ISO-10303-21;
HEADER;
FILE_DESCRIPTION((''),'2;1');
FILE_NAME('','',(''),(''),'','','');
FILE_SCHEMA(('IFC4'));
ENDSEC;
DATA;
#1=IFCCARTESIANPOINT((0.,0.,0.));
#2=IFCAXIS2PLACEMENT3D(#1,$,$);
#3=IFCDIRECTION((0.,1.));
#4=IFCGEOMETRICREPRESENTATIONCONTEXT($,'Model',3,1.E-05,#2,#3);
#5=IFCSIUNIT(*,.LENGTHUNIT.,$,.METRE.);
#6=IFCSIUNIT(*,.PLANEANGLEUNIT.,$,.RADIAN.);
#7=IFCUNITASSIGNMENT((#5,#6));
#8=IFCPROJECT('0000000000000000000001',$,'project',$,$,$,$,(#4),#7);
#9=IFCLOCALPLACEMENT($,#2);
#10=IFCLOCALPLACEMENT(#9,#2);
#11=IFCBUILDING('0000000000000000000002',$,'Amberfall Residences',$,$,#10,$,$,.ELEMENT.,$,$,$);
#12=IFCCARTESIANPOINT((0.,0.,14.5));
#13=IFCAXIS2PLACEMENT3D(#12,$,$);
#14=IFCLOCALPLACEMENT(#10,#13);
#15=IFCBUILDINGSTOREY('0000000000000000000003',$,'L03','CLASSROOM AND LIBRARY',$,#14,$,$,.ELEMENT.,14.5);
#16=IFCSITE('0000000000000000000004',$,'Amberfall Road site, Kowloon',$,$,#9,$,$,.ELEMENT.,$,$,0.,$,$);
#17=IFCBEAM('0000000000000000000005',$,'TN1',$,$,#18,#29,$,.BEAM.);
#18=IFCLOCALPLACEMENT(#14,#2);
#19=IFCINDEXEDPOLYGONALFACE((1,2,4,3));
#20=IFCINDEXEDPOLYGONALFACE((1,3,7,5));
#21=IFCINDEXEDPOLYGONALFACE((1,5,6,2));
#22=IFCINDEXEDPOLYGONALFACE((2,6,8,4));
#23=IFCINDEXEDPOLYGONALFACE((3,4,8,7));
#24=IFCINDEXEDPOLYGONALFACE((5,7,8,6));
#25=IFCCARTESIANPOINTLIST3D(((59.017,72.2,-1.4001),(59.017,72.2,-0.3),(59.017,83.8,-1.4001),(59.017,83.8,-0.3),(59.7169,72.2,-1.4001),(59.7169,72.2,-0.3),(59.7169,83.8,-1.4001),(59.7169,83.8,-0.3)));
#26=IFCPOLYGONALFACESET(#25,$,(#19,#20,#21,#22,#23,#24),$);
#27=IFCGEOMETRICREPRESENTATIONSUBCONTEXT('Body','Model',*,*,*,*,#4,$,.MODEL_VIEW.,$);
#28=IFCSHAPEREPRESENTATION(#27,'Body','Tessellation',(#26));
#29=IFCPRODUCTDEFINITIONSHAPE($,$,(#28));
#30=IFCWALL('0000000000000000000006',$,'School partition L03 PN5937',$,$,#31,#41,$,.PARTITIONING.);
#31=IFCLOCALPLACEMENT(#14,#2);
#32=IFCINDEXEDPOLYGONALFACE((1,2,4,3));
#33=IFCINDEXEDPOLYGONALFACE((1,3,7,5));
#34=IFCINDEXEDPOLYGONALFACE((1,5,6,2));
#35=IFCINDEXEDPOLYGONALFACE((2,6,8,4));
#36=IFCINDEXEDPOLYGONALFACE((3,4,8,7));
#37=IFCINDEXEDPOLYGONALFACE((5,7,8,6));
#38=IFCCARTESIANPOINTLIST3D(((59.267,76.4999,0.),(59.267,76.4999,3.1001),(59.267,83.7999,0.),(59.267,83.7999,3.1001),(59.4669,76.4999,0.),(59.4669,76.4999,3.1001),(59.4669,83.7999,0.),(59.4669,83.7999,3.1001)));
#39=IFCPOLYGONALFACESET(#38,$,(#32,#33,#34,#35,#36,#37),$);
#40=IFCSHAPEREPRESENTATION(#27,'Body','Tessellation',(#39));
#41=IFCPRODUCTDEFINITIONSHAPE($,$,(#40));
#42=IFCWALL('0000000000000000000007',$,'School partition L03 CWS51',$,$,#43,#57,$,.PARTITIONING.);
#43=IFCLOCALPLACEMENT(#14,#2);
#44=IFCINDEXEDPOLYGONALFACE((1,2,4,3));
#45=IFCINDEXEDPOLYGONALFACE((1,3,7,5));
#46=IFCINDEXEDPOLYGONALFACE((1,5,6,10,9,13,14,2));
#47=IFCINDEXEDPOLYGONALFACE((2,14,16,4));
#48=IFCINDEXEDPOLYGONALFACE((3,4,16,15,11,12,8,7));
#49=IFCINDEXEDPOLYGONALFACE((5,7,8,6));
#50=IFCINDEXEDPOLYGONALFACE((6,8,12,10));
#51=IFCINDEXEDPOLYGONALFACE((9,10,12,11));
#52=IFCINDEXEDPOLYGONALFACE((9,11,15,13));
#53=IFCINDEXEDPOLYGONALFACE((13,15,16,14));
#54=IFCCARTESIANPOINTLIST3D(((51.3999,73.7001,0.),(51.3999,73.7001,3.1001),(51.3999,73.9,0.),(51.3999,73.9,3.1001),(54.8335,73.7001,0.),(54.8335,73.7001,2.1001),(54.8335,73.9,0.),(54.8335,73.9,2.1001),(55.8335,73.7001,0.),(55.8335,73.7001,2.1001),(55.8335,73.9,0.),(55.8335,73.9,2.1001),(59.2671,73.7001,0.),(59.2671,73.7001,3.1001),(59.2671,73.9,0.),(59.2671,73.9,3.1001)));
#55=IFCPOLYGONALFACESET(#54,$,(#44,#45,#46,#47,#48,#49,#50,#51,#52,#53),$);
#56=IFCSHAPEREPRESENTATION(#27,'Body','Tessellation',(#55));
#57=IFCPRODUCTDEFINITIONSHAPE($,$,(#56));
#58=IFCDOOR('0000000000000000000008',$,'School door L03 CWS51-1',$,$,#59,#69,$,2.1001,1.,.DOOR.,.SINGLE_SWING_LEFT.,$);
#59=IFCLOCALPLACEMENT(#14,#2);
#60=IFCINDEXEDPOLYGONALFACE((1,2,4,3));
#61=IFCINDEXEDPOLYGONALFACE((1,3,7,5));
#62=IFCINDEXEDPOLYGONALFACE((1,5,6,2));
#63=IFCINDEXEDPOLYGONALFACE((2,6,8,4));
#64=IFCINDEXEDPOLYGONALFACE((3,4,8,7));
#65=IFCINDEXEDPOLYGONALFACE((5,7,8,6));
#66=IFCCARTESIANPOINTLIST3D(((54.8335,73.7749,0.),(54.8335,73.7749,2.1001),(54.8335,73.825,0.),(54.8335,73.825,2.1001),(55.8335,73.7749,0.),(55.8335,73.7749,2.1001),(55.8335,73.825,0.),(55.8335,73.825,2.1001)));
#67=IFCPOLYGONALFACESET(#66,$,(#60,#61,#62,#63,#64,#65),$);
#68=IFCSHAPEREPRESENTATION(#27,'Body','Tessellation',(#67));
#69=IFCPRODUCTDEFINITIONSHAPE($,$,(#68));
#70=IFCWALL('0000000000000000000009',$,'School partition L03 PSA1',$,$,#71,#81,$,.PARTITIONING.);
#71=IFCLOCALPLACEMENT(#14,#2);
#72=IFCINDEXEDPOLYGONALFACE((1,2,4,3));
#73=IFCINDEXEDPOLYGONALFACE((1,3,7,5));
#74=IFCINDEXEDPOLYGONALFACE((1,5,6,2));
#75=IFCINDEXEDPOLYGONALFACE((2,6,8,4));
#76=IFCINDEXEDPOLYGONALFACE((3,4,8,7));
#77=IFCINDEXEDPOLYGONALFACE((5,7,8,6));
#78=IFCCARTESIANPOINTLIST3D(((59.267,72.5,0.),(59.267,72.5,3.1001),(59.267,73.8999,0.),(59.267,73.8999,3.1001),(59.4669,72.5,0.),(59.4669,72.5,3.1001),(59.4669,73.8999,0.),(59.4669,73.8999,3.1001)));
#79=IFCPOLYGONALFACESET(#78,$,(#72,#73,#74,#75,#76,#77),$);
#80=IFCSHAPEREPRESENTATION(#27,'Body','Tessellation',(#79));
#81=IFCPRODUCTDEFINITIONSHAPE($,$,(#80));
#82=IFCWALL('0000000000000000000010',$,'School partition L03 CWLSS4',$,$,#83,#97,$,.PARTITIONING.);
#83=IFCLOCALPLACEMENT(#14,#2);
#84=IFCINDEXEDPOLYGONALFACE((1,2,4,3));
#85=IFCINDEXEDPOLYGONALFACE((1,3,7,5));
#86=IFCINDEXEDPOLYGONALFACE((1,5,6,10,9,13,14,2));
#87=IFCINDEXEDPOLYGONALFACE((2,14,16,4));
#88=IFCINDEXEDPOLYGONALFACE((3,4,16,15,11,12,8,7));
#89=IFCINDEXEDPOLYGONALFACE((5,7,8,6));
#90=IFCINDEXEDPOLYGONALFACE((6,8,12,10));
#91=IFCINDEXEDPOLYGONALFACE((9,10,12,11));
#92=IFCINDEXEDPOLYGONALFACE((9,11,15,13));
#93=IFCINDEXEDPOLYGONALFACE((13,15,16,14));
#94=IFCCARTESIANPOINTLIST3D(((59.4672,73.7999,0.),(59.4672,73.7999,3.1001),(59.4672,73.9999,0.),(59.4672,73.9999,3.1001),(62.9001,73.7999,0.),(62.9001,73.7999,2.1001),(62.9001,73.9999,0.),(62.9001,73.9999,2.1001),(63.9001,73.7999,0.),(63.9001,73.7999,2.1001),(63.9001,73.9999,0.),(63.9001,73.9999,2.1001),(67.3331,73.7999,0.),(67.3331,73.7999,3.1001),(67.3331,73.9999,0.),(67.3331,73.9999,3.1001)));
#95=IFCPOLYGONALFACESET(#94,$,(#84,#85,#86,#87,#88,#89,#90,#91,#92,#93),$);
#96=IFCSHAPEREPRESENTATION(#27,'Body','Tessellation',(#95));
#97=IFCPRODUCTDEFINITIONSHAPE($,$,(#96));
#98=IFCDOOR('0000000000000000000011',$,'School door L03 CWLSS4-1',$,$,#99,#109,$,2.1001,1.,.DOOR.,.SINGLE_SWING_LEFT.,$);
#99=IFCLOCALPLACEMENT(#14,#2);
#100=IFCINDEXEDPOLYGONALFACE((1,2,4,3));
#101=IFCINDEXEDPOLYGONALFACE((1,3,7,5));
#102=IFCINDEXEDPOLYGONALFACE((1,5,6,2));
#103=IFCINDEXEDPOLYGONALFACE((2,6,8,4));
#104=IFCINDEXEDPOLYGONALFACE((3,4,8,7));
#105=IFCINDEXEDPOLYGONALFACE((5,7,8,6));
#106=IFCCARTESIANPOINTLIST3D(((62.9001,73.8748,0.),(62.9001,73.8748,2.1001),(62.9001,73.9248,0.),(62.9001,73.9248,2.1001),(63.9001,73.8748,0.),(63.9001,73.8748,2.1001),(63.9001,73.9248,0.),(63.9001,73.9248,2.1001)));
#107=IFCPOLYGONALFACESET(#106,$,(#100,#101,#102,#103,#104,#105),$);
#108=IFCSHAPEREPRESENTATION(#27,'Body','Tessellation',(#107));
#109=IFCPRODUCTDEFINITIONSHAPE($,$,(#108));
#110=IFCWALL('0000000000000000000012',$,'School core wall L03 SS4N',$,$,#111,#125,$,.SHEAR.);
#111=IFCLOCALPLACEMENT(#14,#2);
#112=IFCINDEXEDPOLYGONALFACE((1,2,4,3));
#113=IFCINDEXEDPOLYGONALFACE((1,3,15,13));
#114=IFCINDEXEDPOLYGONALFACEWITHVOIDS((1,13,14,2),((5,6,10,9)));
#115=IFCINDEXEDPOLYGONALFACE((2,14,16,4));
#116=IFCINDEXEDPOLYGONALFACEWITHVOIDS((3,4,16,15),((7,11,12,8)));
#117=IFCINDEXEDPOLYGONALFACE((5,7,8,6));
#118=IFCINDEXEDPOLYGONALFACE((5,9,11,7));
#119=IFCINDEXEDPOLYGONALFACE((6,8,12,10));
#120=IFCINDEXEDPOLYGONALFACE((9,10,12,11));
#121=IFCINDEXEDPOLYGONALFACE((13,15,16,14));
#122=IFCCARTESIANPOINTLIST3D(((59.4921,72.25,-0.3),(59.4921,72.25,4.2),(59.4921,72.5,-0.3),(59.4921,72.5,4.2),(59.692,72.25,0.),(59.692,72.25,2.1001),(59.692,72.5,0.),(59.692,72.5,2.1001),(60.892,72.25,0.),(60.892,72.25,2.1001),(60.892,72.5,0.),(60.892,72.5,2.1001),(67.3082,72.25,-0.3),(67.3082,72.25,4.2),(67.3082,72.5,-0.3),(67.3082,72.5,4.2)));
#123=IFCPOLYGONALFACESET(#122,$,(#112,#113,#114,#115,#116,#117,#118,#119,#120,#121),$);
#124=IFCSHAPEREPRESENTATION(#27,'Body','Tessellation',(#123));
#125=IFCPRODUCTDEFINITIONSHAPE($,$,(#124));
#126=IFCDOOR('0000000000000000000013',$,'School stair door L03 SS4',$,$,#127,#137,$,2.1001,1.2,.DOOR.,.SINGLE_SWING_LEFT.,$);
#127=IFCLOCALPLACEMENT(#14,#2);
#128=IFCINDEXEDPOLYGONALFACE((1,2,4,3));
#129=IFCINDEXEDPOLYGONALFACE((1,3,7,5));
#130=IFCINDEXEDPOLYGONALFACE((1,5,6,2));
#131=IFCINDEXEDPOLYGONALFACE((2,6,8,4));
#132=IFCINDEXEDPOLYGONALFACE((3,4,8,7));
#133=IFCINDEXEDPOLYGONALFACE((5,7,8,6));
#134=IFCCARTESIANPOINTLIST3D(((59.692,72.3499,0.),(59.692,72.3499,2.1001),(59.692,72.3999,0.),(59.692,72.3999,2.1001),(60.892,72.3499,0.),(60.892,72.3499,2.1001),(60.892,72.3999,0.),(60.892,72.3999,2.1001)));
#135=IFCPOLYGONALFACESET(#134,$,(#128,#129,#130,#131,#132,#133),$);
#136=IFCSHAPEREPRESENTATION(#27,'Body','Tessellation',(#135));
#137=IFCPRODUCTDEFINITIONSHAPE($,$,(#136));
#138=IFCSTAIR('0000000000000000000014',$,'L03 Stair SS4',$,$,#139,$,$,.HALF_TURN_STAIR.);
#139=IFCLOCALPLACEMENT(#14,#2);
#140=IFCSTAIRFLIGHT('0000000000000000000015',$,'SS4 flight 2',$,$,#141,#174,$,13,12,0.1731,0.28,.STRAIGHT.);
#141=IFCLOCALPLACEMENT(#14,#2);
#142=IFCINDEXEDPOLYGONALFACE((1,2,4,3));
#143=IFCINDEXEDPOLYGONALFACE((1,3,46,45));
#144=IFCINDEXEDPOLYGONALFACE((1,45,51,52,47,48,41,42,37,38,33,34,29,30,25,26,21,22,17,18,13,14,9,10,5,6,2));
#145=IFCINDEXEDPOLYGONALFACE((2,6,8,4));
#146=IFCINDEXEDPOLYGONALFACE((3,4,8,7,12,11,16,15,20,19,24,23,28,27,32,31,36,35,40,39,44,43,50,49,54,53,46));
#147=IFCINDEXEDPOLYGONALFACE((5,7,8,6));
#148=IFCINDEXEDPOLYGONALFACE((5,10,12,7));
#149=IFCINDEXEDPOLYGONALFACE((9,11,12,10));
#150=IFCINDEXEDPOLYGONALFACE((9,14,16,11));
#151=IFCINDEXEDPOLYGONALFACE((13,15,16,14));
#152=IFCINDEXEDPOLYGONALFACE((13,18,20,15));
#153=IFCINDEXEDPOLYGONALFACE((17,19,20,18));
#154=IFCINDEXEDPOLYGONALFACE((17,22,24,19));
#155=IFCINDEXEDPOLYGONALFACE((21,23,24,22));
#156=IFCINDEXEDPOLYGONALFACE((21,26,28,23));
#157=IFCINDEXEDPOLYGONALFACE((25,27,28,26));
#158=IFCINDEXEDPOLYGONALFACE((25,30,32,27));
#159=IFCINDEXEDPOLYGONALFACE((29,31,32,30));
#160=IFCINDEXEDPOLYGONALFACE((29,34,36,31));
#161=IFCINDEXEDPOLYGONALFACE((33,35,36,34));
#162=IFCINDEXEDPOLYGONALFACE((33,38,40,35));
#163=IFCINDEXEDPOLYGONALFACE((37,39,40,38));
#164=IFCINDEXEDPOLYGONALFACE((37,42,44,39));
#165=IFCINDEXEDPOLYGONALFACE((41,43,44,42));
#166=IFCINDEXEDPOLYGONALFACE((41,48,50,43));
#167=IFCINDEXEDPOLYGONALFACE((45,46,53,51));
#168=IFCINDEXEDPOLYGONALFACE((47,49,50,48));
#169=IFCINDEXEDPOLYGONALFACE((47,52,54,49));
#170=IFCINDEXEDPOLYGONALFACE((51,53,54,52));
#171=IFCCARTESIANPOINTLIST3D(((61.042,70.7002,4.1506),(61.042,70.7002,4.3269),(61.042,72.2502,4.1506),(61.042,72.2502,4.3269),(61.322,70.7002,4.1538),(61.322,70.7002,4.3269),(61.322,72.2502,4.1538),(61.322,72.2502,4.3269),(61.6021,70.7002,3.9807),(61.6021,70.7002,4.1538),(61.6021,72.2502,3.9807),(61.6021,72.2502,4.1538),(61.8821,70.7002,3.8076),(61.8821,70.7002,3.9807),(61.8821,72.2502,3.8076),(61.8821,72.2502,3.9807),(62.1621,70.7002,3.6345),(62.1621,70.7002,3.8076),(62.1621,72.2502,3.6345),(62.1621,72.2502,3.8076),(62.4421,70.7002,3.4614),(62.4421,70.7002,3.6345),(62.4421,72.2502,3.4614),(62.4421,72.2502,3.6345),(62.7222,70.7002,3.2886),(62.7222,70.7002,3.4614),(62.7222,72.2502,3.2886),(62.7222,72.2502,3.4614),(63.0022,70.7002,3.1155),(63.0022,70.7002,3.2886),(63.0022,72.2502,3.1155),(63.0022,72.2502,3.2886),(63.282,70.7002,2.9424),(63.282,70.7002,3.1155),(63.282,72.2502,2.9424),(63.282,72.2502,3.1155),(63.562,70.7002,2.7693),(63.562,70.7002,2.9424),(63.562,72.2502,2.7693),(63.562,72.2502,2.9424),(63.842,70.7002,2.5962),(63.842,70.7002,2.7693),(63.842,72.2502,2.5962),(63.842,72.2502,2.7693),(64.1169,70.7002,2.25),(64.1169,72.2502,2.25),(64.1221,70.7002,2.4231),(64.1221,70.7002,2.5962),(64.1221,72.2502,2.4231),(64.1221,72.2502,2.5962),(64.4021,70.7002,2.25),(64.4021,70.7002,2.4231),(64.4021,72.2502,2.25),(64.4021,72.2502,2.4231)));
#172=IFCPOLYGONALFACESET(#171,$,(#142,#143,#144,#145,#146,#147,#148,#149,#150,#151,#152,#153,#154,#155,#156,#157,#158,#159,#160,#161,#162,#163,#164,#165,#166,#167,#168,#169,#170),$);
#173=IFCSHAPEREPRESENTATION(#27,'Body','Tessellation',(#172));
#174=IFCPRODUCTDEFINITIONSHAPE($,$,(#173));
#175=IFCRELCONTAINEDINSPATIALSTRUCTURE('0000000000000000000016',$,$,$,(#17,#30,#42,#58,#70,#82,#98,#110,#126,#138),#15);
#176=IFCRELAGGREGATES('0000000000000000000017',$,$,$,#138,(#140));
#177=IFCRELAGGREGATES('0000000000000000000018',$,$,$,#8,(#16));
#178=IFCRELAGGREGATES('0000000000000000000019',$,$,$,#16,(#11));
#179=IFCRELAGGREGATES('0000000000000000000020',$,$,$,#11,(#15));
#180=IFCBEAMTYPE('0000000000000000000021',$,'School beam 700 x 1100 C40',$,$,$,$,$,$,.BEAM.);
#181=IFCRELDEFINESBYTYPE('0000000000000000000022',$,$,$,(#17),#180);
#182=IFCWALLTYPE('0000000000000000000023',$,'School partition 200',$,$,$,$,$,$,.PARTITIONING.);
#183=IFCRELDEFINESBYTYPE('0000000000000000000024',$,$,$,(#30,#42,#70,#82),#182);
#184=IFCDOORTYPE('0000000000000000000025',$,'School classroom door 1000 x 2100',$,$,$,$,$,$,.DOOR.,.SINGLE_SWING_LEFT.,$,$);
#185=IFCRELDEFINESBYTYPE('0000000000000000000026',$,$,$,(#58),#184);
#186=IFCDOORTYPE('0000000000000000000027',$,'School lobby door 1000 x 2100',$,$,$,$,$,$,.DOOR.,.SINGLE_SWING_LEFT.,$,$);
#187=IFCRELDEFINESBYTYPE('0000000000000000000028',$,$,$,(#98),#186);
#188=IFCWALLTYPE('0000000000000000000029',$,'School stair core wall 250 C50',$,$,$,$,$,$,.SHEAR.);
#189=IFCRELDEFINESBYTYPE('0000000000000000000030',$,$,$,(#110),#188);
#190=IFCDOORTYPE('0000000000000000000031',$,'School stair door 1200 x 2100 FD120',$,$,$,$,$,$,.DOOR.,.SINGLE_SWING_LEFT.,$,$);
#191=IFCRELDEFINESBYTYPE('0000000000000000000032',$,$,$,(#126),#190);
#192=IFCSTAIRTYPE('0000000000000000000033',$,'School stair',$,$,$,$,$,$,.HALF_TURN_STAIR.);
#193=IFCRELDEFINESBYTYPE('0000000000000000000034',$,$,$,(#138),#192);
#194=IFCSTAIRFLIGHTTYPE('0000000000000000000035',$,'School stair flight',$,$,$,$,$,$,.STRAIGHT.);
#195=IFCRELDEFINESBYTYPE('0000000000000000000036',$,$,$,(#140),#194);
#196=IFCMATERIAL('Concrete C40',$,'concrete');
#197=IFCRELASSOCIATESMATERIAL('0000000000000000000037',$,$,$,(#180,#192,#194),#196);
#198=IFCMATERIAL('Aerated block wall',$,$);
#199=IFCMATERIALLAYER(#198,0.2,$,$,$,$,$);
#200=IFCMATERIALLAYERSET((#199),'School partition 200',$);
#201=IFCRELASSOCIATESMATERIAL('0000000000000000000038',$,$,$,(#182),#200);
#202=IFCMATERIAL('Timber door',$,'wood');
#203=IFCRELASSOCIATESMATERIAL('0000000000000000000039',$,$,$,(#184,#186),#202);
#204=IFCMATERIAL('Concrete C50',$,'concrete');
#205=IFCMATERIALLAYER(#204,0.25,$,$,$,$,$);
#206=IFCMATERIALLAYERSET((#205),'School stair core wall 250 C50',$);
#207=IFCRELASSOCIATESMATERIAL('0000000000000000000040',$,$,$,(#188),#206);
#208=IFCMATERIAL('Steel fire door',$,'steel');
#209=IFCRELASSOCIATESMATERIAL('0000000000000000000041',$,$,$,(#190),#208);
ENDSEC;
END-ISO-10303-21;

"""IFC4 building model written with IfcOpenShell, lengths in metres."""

from ifc_helpers import new_model, si_unit, direction, frame, frame_2d, origin, origin_2d, place, context, subcontext, project, spatial, polyline, rectangle, outline, extrude, material, layer, layer_set, material_profile, profile_set, type_object, element, fill, aggregate, save


model = new_model("IFC4")

# Units and contexts
model_context = context("Model", 3, precision=1e-05, world=origin(), true_north=direction((0.0, 1.0)))
body_context = subcontext(model_context, "Body", "Model", "MODEL_VIEW")
ifc_project = project(units=[si_unit("LENGTHUNIT", "METRE"), si_unit("PLANEANGLEUNIT", "RADIAN")], contexts=[model_context])

# Site, building, storey
site_placement = place(None, origin())
site = spatial("IfcSite", under=ifc_project, at=site_placement, Name="Amberfall Road site, Kowloon", CompositionType="ELEMENT", RefElevation=0.0)
building_placement = place(site_placement, origin())
building = spatial("IfcBuilding", under=site, at=building_placement, Name="Amberfall Residences", CompositionType="ELEMENT")
storey_placement = place(building_placement, frame((0.0, 0.0, 14.5)))
storey = spatial("IfcBuildingStorey", under=building, at=storey_placement, Name="L03", Description="CLASSROOM AND LIBRARY", CompositionType="ELEMENT", Elevation=14.5)

# Beam
ifc_material_1 = material(Name="Concrete C40", Category="concrete")
ifc_material_profile = material_profile(ifc_material_1, rectangle(XDim=0.7, YDim=1.1001, at=origin_2d()), Name="School beam 700 x 1100 C40")
ifc_profile_set = profile_set([ifc_material_profile], Name="Concrete C40")
beam_type = type_object("IfcBeamType", Name="School beam 700 x 1100 C40", PredefinedType="BEAM", material=ifc_profile_set)
beam_placement = place(storey_placement, frame((59.3669, 72.2, -0.8501), z_axis=(0.0, 1.0, 0.0), x_axis=(-1.0, 0.0, 0.0)))
element("IfcBeam", 1, at=beam_placement, inside=storey, type_object=beam_type, Name="TN1", PredefinedType="BEAM", context=body_context, shape_type="SweptSolid", body=[
    extrude(rectangle(XDim=0.7, YDim=1.1001, at=origin_2d()), origin(), (0.0, 0.0, 1.0), 11.6001),
])

# Wall
ifc_material_2 = material(Name="Aerated block wall")
ifc_layer_1 = layer(ifc_material_2, 0.2)
ifc_layer_set_1 = layer_set([ifc_layer_1], Name="School partition 200")
wall_type_1 = type_object("IfcWallType", Name="School partition 200", PredefinedType="PARTITIONING", material=ifc_layer_set_1)
wall_1_placement = place(storey_placement, frame((59.3669, 76.5, 0.0), z_axis=(0.0, 0.0, 1.0), x_axis=(0.0, 1.0, 0.0)))
element("IfcWall", 2, at=wall_1_placement, inside=storey, type_object=wall_type_1, Name="School partition L03 PN5937", PredefinedType="PARTITIONING", context=body_context, shape_type="SweptSolid", body=[
    extrude(rectangle(XDim=7.3, YDim=0.2, at=frame_2d((3.6499, 0.0))), origin(), (0.0, 0.0, 1.0), 3.1001),
])

# Wall, opening, door
wall_2_placement = place(storey_placement, frame((51.3999, 73.8, 0.0), z_axis=(0.0, 0.0, 1.0), x_axis=(1.0, 0.0, 0.0)))
wall_2 = element("IfcWall", 3, at=wall_2_placement, inside=storey, type_object=wall_type_1, Name="School partition L03 CWS51", PredefinedType="PARTITIONING", context=body_context, shape_type="SweptSolid", body=[
    extrude(rectangle(XDim=7.8672, YDim=0.2, at=frame_2d((3.9336, 0.0))), origin(), (0.0, 0.0, 1.0), 3.1001),
])
opening_1_placement = place(wall_2_placement, frame((3.4336, 0.0, 0.0)))
opening_1 = element("IfcOpeningElement", 4, at=opening_1_placement, cuts=wall_2, PredefinedType="OPENING", context=body_context, shape_type="SweptSolid", body=[
    extrude(rectangle(XDim=1.0, YDim=2.1001, at=frame_2d((0.5, 1.05))), frame((0.0, 0.1099, 0.0), z_axis=(0.0, -1.0, 0.0), x_axis=(1.0, 0.0, 0.0)), (0.0, 0.0, 1.0), 0.22),
])
ifc_material_3 = material(Name="Timber door", Category="wood")
door_type_1 = type_object("IfcDoorType", Name="School classroom door 1000 x 2100", OperationType="SINGLE_SWING_LEFT", PredefinedType="DOOR", material=ifc_material_3)
door_1_placement = place(opening_1_placement, origin())
door_1 = element("IfcDoor", 5, at=door_1_placement, inside=storey, type_object=door_type_1, Name="School door L03 CWS51-1", OperationType="SINGLE_SWING_LEFT", OverallHeight=2.1001, OverallWidth=1.0, PredefinedType="DOOR", context=body_context, shape_type="SweptSolid", body=[
    extrude(rectangle(XDim=1.0, YDim=2.1001, at=frame_2d((0.5, 1.05))), frame((0.0, 0.0249, 0.0), z_axis=(0.0, -1.0, 0.0), x_axis=(1.0, 0.0, 0.0)), (0.0, 0.0, 1.0), 0.05),
])
fill(opening_1, door_1)

# Wall
wall_3_placement = place(storey_placement, frame((59.3669, 72.5, 0.0), z_axis=(0.0, 0.0, 1.0), x_axis=(0.0, 1.0, 0.0)))
element("IfcWall", 6, at=wall_3_placement, inside=storey, type_object=wall_type_1, Name="School partition L03 PSA1", PredefinedType="PARTITIONING", context=body_context, shape_type="SweptSolid", body=[
    extrude(rectangle(XDim=1.3999, YDim=0.2, at=frame_2d((0.7, 0.0))), origin(), (0.0, 0.0, 1.0), 3.1001),
])

# Walls, openings, doors
wall_4_placement = place(storey_placement, frame((59.467, 73.8999, 0.0), z_axis=(0.0, 0.0, 1.0), x_axis=(1.0, 0.0, 0.0)))
wall_4 = element("IfcWall", 7, at=wall_4_placement, inside=storey, type_object=wall_type_1, Name="School partition L03 CWLSS4", PredefinedType="PARTITIONING", context=body_context, shape_type="SweptSolid", body=[
    extrude(rectangle(XDim=7.866, YDim=0.2, at=frame_2d((3.9331, 0.0))), origin(), (0.0, 0.0, 1.0), 3.1001),
])
opening_2_placement = place(wall_4_placement, frame((3.4331, 0.0, 0.0)))
opening_2 = element("IfcOpeningElement", 8, at=opening_2_placement, cuts=wall_4, PredefinedType="OPENING", context=body_context, shape_type="SweptSolid", body=[
    extrude(rectangle(XDim=1.0, YDim=2.1001, at=frame_2d((0.5, 1.05))), frame((0.0, 0.1099, 0.0), z_axis=(0.0, -1.0, 0.0), x_axis=(1.0, 0.0, 0.0)), (0.0, 0.0, 1.0), 0.22),
])
door_type_2 = type_object("IfcDoorType", Name="School lobby door 1000 x 2100", OperationType="SINGLE_SWING_LEFT", PredefinedType="DOOR", material=ifc_material_3)
door_2_placement = place(opening_2_placement, origin())
door_2 = element("IfcDoor", 9, at=door_2_placement, inside=storey, type_object=door_type_2, Name="School door L03 CWLSS4-1", OperationType="SINGLE_SWING_LEFT", OverallHeight=2.1001, OverallWidth=1.0, PredefinedType="DOOR", context=body_context, shape_type="SweptSolid", body=[
    extrude(rectangle(XDim=1.0, YDim=2.1001, at=frame_2d((0.5, 1.05))), frame((0.0, 0.0249, 0.0), z_axis=(0.0, -1.0, 0.0), x_axis=(1.0, 0.0, 0.0)), (0.0, 0.0, 1.0), 0.05),
])
fill(opening_2, door_2)
ifc_material_4 = material(Name="Concrete C50", Category="concrete")
ifc_layer_2 = layer(ifc_material_4, 0.25)
ifc_layer_set_2 = layer_set([ifc_layer_2], Name="School stair core wall 250 C50")
wall_type_2 = type_object("IfcWallType", Name="School stair core wall 250 C50", PredefinedType="SHEAR", material=ifc_layer_set_2)
wall_5_placement = place(storey_placement, frame((59.4919, 72.375, -0.3), z_axis=(0.0, 0.0, 1.0), x_axis=(1.0, 0.0, 0.0)))
wall_5 = element("IfcWall", 10, at=wall_5_placement, inside=storey, type_object=wall_type_2, Name="School core wall L03 SS4N", PredefinedType="SHEAR", context=body_context, shape_type="SweptSolid", body=[
    extrude(rectangle(XDim=7.8162, YDim=0.25, at=frame_2d((3.9082, 0.0))), origin(), (0.0, 0.0, 1.0), 4.5),
])
opening_3_placement = place(wall_5_placement, frame((0.2, 0.0, 0.3)))
opening_3 = element("IfcOpeningElement", 11, at=opening_3_placement, cuts=wall_5, PredefinedType="OPENING", context=body_context, shape_type="SweptSolid", body=[
    extrude(rectangle(XDim=1.2, YDim=2.1001, at=frame_2d((0.6001, 1.05))), frame((0.0, 0.135, 0.0), z_axis=(0.0, -1.0, 0.0), x_axis=(1.0, 0.0, 0.0)), (0.0, 0.0, 1.0), 0.27),
])
ifc_material_5 = material(Name="Steel fire door", Category="steel")
door_type_3 = type_object("IfcDoorType", Name="School stair door 1200 x 2100 FD120", OperationType="SINGLE_SWING_LEFT", PredefinedType="DOOR", material=ifc_material_5)
door_3_placement = place(opening_3_placement, origin())
door_3 = element("IfcDoor", 12, at=door_3_placement, inside=storey, type_object=door_type_3, Name="School stair door L03 SS4", OperationType="SINGLE_SWING_LEFT", OverallHeight=2.1001, OverallWidth=1.2, PredefinedType="DOOR", context=body_context, shape_type="SweptSolid", body=[
    extrude(rectangle(XDim=1.2, YDim=2.1001, at=frame_2d((0.6001, 1.05))), frame((0.0, 0.0249, 0.0), z_axis=(0.0, -1.0, 0.0), x_axis=(1.0, 0.0, 0.0)), (0.0, 0.0, 1.0), 0.05),
])
fill(opening_3, door_3)

# Stair, stair flight
stair_type = type_object("IfcStairType", Name="School stair", PredefinedType="HALF_TURN_STAIR", material=ifc_material_1)
stair_placement = place(storey_placement, origin())
stair = element("IfcStair", 13, at=stair_placement, inside=storey, type_object=stair_type, Name="L03 Stair SS4", PredefinedType="HALF_TURN_STAIR")
stair_flight_type = type_object("IfcStairFlightType", Name="School stair flight", PredefinedType="STRAIGHT", material=ifc_material_1)
stair_flight_placement = place(storey_placement, frame((64.4021, 71.4751, 2.25), z_axis=(0.0, 0.0, 1.0), x_axis=(-1.0, 0.0, 0.0)))
stair_flight = element("IfcStairFlight", 14, at=stair_flight_placement, type_object=stair_flight_type, Name="SS4 flight 2", NumberOfRisers=13, NumberOfTreads=12, PredefinedType="STRAIGHT", RiserHeight=0.1731, TreadLength=0.28, context=body_context, shape_type="SweptSolid", body=[
    extrude(outline(polyline([(0.0, 0.0), (0.0, 0.1731), (0.28, 0.1731), (0.28, 0.3462), (0.5601, 0.3462), (0.5601, 0.5193), (0.8401, 0.5193), (0.8401, 0.6924), (1.1201, 0.6924), (1.1201, 0.8655), (1.3999, 0.8655), (1.3999, 1.0386), (1.6799, 1.0386), (1.6799, 1.2114), (1.96, 1.2114), (1.96, 1.3845), (2.24, 1.3845), (2.24, 1.5576), (2.52, 1.5576), (2.52, 1.7307), (2.8, 1.7307), (2.8, 1.9038), (3.0801, 1.9038), (3.0801, 2.0769), (3.3601, 2.0769), (3.3601, 2.25), (3.3601, 1.9006), (0.2852, 0.0), (0.0, 0.0)])), frame((0.0, 0.7749, 0.0), z_axis=(0.0, -1.0, 0.0), x_axis=(1.0, 0.0, 0.0)), (0.0, 0.0, 1.0), 1.55),
])
aggregate(stair, [stair_flight])

save(model, "model.ifc")
